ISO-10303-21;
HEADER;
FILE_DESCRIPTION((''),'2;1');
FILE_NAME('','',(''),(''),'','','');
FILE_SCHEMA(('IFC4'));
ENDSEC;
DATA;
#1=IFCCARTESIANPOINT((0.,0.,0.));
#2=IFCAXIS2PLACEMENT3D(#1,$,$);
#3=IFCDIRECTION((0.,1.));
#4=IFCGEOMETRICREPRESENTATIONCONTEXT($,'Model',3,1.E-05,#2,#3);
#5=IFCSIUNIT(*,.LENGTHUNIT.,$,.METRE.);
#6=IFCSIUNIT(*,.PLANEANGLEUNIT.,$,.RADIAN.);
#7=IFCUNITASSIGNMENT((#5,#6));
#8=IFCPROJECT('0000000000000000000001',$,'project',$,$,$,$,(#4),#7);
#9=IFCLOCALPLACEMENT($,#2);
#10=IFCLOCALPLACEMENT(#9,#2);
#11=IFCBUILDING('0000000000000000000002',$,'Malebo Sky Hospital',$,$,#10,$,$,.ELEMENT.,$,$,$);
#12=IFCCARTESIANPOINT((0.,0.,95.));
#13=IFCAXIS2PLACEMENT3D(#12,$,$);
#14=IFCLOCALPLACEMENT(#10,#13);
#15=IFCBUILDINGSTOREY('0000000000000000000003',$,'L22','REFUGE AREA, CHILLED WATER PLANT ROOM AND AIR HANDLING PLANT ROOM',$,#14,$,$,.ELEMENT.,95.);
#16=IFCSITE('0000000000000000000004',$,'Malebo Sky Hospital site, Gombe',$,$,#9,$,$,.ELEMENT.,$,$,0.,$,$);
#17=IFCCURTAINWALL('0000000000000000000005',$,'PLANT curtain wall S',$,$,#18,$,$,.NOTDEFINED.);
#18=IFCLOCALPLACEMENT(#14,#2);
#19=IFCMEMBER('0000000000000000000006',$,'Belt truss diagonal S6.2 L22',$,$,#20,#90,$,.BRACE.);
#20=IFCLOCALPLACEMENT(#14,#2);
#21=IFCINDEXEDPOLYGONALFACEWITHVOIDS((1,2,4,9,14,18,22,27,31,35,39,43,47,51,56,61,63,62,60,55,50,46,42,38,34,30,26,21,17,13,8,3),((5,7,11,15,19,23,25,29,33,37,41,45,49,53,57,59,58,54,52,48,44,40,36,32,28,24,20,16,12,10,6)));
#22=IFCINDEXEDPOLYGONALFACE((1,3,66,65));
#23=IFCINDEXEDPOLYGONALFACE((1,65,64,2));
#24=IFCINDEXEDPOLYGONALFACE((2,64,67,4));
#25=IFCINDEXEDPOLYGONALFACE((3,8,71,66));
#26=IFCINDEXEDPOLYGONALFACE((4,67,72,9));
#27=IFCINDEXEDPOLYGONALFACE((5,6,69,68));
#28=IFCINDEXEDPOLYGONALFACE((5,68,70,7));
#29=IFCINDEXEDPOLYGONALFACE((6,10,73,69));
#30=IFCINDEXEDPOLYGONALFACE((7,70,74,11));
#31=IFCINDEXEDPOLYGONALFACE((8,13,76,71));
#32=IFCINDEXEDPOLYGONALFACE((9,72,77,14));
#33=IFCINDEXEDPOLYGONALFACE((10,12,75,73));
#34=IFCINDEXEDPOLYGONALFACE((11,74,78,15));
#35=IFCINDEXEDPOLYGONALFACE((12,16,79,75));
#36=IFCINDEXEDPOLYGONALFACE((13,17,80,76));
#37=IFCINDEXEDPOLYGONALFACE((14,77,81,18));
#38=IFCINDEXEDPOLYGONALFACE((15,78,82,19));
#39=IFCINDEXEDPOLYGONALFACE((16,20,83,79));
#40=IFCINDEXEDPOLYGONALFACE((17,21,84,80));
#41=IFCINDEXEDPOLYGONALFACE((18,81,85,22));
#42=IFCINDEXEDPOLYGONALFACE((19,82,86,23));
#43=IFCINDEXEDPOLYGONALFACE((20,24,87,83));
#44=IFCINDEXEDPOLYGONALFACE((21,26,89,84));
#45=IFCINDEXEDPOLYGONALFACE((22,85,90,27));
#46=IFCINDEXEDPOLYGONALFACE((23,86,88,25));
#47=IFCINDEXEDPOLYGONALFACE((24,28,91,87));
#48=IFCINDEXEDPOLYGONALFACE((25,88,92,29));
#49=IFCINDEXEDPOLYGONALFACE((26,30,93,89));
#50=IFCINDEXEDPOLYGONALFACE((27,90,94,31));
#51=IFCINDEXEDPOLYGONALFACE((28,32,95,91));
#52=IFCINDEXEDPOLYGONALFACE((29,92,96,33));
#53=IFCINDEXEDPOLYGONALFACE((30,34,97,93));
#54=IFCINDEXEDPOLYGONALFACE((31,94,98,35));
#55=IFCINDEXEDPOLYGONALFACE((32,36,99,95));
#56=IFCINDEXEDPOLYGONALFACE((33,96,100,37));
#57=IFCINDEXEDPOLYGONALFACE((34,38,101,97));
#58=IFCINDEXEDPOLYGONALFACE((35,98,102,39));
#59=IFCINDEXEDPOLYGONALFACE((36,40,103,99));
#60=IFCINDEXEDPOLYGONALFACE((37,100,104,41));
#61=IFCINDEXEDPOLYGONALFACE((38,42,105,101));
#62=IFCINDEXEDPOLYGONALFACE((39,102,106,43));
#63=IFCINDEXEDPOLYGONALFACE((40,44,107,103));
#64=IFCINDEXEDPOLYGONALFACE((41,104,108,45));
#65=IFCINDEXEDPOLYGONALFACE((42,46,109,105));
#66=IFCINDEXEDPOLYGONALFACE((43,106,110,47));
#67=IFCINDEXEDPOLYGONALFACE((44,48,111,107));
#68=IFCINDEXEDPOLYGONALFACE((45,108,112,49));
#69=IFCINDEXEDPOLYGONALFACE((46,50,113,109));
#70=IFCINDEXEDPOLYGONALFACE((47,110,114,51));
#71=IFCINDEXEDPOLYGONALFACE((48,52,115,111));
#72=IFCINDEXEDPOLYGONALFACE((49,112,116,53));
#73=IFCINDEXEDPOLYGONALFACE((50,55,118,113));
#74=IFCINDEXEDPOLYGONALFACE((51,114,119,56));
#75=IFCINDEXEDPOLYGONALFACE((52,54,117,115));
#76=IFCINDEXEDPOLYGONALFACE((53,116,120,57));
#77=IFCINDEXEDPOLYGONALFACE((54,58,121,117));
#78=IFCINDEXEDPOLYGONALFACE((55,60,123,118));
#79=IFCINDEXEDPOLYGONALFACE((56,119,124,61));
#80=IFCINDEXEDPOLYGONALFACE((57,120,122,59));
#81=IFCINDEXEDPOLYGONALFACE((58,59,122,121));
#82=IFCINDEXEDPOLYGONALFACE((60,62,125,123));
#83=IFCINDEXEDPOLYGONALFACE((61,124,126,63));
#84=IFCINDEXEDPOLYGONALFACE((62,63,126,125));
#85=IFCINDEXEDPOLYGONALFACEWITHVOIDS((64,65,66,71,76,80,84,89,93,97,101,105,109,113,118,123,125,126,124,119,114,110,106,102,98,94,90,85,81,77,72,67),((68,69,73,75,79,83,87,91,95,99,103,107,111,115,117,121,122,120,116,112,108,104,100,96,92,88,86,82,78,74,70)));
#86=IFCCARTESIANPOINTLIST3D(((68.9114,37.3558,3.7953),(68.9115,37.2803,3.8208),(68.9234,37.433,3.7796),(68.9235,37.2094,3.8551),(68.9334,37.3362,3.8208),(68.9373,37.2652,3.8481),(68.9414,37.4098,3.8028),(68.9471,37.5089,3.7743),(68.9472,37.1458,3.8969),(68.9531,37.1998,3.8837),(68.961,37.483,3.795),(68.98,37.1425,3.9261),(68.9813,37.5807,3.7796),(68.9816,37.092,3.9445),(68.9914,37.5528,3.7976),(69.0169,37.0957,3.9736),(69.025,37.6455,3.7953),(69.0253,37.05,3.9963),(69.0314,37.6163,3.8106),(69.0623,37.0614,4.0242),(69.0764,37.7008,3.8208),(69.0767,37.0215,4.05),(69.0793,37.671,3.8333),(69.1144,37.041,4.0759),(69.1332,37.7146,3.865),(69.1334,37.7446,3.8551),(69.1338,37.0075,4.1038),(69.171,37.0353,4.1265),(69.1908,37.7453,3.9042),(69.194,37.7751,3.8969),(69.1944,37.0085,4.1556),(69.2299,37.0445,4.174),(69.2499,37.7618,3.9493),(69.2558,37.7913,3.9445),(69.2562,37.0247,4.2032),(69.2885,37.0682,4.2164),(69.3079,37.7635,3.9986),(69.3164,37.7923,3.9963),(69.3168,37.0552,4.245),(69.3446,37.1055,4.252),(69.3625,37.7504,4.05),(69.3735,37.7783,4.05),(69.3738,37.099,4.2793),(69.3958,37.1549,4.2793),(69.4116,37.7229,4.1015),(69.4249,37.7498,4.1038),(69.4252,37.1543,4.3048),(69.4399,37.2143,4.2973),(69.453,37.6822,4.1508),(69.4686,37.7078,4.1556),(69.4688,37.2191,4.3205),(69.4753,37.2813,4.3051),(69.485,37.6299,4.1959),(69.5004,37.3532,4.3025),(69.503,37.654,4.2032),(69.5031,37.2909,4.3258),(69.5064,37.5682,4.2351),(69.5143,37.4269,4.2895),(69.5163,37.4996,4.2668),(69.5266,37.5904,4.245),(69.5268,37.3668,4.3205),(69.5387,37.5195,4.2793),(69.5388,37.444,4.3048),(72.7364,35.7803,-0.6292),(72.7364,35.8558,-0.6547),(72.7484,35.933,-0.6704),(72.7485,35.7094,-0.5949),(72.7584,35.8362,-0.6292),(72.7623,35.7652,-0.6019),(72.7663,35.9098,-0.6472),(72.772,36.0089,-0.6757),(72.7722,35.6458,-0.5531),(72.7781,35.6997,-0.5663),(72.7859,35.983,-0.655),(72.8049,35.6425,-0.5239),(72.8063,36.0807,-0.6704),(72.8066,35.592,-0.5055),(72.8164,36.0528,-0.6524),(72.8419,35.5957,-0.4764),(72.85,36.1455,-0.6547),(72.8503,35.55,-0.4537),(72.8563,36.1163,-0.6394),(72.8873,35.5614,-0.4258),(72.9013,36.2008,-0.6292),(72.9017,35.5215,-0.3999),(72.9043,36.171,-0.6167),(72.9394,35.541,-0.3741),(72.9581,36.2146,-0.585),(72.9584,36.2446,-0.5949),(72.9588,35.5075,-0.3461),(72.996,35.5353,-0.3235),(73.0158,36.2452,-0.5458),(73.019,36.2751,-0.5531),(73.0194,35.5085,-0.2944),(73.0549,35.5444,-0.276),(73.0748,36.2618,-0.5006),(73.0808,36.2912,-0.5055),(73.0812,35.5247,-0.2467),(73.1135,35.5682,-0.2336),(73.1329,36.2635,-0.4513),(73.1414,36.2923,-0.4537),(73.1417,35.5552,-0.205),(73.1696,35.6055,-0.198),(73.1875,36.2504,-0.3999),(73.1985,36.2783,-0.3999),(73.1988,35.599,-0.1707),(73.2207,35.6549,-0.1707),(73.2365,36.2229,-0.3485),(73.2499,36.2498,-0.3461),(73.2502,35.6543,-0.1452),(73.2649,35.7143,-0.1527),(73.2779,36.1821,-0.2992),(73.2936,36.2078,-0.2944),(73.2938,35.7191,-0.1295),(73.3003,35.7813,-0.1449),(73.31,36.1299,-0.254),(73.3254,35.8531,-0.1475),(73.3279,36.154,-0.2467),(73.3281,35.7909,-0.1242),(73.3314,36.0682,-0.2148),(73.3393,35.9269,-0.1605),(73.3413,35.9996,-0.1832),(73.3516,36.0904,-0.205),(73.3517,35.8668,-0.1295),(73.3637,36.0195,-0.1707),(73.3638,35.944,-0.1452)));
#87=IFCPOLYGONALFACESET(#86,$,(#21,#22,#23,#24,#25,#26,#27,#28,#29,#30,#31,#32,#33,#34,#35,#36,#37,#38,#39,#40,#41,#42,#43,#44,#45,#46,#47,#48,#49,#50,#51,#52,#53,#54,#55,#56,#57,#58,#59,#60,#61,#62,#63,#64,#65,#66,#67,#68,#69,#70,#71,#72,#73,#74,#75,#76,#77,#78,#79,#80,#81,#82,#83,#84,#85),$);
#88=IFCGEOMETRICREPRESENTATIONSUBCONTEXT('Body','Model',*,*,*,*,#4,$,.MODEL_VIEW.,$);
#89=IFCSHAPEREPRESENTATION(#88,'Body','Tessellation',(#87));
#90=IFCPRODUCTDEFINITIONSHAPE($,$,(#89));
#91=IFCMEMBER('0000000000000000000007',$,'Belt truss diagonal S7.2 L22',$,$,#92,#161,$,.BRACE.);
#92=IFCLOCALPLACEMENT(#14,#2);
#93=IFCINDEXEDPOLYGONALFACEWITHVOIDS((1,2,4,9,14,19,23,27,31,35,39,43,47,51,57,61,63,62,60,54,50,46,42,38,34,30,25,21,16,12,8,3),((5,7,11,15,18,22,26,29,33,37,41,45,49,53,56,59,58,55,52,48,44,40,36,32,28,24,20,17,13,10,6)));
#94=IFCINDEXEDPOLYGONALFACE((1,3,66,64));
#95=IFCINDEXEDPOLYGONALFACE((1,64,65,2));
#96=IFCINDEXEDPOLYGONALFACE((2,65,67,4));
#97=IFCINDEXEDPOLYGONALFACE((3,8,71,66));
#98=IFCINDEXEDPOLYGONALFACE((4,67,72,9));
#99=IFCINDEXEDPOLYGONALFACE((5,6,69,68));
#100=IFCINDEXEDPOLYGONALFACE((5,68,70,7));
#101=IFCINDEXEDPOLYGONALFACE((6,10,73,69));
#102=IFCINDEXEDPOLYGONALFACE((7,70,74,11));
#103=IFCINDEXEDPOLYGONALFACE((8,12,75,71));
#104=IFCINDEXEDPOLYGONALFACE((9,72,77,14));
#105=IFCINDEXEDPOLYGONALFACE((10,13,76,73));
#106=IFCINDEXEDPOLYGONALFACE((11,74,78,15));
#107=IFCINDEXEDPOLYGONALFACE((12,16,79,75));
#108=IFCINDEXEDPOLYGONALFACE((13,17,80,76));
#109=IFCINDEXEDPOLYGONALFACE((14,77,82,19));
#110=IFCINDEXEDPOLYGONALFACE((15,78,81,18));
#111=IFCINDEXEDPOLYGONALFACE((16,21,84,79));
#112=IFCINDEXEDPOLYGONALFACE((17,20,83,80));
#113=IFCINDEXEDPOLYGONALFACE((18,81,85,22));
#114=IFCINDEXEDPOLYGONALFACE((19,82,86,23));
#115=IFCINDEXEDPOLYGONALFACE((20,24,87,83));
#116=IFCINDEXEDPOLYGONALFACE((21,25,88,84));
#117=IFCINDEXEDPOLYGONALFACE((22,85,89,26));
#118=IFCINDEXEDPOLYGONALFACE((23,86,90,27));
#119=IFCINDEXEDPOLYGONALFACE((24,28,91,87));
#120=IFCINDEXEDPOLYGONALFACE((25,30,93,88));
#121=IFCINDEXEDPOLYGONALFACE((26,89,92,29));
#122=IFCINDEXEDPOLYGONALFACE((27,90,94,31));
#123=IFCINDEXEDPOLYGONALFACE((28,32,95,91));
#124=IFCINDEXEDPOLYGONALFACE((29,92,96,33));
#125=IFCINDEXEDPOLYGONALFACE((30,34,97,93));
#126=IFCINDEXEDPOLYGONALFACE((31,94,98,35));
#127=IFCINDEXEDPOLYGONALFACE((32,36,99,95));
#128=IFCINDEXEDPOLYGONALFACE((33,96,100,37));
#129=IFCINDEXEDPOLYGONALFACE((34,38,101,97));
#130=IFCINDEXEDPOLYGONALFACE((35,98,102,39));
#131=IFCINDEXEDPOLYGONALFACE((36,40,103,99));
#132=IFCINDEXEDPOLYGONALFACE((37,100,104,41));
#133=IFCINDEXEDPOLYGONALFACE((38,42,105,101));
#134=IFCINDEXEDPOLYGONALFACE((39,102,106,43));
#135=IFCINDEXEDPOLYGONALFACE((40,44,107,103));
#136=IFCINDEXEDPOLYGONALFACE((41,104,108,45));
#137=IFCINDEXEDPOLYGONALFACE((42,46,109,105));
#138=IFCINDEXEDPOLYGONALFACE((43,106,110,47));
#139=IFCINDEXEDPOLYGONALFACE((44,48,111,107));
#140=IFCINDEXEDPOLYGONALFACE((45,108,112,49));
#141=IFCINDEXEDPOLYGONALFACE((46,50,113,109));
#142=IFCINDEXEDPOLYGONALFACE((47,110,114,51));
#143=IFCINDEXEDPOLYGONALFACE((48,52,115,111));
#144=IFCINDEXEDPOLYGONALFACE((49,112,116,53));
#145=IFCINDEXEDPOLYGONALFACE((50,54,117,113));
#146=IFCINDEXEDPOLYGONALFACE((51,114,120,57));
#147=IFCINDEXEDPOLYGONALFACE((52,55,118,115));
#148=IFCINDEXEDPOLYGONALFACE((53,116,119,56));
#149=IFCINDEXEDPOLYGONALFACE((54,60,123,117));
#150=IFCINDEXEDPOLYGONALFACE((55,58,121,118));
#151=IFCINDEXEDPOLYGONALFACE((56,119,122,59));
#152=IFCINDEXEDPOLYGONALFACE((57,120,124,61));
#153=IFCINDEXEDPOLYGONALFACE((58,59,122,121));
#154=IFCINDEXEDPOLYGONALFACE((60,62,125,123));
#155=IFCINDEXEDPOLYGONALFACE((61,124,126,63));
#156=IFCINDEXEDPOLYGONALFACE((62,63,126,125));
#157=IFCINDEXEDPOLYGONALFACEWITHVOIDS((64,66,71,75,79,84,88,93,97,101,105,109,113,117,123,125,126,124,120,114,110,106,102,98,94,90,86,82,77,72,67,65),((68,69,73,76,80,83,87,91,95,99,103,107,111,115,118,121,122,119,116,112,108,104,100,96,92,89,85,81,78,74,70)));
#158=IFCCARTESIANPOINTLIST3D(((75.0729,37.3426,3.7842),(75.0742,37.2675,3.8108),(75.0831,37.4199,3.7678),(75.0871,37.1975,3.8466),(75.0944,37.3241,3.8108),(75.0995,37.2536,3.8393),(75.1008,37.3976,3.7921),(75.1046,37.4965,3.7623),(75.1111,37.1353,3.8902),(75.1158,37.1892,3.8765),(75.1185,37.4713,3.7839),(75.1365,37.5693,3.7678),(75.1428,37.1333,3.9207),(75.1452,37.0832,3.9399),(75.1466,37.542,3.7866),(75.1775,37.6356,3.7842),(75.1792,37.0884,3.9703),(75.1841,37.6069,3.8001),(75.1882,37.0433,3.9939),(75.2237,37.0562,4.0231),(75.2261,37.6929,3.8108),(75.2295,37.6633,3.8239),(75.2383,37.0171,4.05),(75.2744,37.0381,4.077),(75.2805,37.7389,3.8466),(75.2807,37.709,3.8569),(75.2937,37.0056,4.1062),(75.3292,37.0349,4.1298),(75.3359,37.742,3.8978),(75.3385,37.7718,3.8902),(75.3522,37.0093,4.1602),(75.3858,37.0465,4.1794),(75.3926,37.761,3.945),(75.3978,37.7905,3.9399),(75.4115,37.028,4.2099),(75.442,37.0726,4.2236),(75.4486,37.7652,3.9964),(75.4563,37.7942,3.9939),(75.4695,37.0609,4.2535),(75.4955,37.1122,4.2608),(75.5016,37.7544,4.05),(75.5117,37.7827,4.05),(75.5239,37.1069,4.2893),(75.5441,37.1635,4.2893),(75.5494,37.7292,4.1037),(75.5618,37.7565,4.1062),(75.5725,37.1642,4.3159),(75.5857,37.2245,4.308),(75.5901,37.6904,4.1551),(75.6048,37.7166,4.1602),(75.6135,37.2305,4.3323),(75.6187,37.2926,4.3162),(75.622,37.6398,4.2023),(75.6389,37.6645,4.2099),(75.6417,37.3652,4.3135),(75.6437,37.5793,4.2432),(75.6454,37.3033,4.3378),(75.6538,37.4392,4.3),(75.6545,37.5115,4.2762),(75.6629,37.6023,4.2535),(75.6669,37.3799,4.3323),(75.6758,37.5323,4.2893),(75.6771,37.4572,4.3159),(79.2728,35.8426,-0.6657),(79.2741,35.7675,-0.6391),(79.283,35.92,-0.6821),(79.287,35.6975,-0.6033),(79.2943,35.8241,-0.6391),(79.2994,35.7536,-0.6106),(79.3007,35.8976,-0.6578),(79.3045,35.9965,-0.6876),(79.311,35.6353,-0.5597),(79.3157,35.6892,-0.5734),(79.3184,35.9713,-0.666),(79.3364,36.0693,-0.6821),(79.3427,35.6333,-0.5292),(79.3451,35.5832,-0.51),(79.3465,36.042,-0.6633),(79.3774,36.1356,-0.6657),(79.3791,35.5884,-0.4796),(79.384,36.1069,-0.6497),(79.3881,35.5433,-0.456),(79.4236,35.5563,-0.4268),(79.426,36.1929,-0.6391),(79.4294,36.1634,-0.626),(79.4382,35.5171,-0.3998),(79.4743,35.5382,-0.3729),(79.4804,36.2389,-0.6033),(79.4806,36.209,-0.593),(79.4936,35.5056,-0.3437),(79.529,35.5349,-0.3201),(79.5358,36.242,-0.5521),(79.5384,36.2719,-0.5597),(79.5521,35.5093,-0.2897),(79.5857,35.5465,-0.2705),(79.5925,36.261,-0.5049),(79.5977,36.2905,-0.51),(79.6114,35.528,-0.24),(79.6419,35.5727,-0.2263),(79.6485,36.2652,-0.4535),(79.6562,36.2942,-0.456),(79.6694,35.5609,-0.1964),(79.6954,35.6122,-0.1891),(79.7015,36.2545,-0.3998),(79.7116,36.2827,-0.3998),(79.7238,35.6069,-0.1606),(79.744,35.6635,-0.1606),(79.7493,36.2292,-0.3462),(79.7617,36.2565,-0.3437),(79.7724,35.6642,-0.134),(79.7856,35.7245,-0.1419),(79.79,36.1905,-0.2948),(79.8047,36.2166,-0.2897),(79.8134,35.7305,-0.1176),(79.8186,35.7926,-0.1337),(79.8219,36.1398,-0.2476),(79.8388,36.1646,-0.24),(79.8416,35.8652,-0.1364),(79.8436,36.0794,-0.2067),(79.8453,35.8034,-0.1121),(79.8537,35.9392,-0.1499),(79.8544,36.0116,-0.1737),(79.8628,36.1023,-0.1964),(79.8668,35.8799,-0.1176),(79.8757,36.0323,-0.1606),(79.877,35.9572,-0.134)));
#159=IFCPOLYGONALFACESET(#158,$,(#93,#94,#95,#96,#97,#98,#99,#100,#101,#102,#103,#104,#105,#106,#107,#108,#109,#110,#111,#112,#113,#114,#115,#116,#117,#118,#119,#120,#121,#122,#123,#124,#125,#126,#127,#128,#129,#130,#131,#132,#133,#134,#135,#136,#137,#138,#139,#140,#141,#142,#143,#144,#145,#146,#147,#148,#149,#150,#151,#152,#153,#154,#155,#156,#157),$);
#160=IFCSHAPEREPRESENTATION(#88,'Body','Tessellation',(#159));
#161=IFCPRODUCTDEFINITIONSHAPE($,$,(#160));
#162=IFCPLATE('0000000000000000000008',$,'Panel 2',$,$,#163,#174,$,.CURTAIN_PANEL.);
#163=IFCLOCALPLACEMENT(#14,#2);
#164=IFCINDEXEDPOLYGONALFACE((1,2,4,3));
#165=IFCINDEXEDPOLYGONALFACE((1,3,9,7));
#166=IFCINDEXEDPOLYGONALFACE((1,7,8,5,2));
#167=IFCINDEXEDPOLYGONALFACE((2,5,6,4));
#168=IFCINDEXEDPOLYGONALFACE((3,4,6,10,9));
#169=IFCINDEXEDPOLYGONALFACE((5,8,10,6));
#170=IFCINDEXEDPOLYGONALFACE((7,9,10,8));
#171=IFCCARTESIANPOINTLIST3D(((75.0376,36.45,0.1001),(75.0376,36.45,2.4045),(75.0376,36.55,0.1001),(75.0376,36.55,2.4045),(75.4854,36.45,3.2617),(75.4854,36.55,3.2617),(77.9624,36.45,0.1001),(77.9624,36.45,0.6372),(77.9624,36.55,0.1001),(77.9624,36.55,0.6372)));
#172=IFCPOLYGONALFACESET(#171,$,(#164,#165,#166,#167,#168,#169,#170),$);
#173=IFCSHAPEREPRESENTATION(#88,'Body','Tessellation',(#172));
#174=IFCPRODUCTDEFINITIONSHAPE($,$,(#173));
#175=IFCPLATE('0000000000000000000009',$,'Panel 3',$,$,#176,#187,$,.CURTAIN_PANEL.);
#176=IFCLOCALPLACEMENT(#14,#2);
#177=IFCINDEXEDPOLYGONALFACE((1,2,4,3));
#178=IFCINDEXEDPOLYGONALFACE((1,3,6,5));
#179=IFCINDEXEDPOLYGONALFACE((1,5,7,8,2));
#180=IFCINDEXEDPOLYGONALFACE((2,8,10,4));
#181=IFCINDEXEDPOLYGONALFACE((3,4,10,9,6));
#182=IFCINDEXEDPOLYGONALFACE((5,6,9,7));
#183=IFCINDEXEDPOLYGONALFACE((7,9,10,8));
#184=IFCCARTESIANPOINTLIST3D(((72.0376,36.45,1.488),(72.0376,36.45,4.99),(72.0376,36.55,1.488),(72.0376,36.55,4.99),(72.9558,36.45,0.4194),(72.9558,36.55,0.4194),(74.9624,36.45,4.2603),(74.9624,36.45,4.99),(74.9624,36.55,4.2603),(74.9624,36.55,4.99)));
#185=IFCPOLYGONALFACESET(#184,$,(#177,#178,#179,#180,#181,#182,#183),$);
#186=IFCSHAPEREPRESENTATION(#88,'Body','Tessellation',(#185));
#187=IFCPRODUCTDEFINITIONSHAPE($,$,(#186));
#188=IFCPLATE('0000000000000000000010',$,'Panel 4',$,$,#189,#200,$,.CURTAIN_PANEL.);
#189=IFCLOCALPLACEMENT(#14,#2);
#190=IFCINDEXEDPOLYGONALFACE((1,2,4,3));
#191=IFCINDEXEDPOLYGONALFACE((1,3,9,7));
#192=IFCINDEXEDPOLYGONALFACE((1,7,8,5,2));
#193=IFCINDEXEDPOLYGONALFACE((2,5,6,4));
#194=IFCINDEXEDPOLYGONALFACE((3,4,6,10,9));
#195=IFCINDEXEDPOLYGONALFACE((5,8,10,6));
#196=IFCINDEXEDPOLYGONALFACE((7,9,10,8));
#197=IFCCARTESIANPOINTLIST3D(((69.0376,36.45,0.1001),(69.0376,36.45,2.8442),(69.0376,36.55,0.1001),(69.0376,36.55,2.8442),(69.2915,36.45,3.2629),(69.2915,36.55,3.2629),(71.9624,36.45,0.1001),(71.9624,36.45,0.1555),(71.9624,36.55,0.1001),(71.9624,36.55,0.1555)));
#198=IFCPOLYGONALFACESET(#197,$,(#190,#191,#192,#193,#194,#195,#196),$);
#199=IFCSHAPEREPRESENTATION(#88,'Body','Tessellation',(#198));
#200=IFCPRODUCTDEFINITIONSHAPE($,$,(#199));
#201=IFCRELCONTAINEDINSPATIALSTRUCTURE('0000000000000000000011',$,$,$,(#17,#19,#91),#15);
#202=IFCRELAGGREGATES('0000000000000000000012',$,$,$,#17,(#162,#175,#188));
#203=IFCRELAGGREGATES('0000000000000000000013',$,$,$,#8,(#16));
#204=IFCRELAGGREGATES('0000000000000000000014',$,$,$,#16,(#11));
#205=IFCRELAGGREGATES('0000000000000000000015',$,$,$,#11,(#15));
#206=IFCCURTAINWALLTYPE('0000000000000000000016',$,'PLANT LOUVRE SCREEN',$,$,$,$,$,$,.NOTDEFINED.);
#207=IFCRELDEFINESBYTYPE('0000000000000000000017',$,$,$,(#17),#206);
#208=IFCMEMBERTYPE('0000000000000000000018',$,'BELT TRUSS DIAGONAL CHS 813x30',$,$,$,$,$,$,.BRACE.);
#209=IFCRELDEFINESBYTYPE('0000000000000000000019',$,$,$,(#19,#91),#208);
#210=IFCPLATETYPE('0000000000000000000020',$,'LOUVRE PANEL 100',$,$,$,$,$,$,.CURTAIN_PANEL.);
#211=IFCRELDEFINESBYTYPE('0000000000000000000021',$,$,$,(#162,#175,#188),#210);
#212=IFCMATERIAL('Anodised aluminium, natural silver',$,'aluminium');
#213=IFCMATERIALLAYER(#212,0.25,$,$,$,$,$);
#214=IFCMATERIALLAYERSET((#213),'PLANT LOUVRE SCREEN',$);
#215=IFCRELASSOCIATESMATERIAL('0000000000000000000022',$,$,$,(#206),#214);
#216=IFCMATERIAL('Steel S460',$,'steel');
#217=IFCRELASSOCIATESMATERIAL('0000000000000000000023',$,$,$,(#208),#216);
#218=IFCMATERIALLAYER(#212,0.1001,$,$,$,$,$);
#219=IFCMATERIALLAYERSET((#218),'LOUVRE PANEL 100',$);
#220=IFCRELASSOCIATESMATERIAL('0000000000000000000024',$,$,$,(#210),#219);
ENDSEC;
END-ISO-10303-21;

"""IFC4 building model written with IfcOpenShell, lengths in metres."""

from ifc_helpers import new_model, si_unit, direction, frame, origin, origin_2d, place, context, subcontext, project, spatial, polyline, hollow_circle, outline, extrude, material, layer, layer_set, material_profile, profile_set, type_object, element, aggregate, save


model = new_model("IFC4")

# Units and contexts
model_context = context("Model", 3, precision=1e-05, world=origin(), true_north=direction((0.0, 1.0)))
body_context = subcontext(model_context, "Body", "Model", "MODEL_VIEW")
ifc_project = project(units=[si_unit("LENGTHUNIT", "METRE"), si_unit("PLANEANGLEUNIT", "RADIAN")], contexts=[model_context])

# Site, building, storey
site_placement = place(None, origin())
site = spatial("IfcSite", under=ifc_project, at=site_placement, Name="Malebo Sky Hospital site, Gombe", CompositionType="ELEMENT", RefElevation=0.0)
building_placement = place(site_placement, origin())
building = spatial("IfcBuilding", under=site, at=building_placement, Name="Malebo Sky Hospital", CompositionType="ELEMENT")
storey_placement = place(building_placement, frame((0.0, 0.0, 95.0)))
storey = spatial("IfcBuildingStorey", under=building, at=storey_placement, Name="L22", Description="REFUGE AREA, CHILLED WATER PLANT ROOM AND AIR HANDLING PLANT ROOM", CompositionType="ELEMENT", Elevation=95.0)

# Curtain wall
ifc_material_1 = material(Name="Anodised aluminium, natural silver", Category="aluminium")
ifc_layer_1 = layer(ifc_material_1, 0.25)
ifc_layer_set_1 = layer_set([ifc_layer_1], Name="PLANT LOUVRE SCREEN")
curtain_wall_type = type_object("IfcCurtainWallType", Name="PLANT LOUVRE SCREEN", PredefinedType="NOTDEFINED", material=ifc_layer_set_1)
curtain_wall_placement = place(storey_placement, origin())
curtain_wall = element("IfcCurtainWall", 1, at=curtain_wall_placement, inside=storey, type_object=curtain_wall_type, Name="PLANT curtain wall S", PredefinedType="NOTDEFINED")

# Members
ifc_material_2 = material(Name="Steel S460", Category="steel")
ifc_material_profile_1 = material_profile(ifc_material_2, hollow_circle(Radius=0.4065, WallThickness=0.03, at=origin_2d()), Name="CHS 813x30")
ifc_profile_set_1 = profile_set([ifc_material_profile_1], Name="Steel S460")
member_type_1 = type_object("IfcMemberType", Name="BELT TRUSS DIAGONAL CHS 813x30", PredefinedType="BRACE", material=ifc_profile_set_1)
member_1_placement = place(storey_placement, frame((69.2251, 37.3999, 4.05), z_axis=(0.631535, -0.247664, -0.734728), x_axis=(0.365092, 0.930972, 0.0)))
element("IfcMember", 2, at=member_1_placement, inside=storey, type_object=member_type_1, Name="Belt truss diagonal S6.2 L22", PredefinedType="BRACE", context=body_context, shape_type="SweptSolid", body=[
    extrude(hollow_circle(Radius=0.4065, WallThickness=0.03, at=origin_2d()), origin(), (0.0, 0.0, 1.0), 6.0566),
])
member_2_placement = place(storey_placement, frame((75.375, 37.3999, 4.05), z_axis=(0.666645, -0.23809, -0.706327), x_axis=(0.33634, 0.941741, 0.0)))
element("IfcMember", 3, at=member_2_placement, inside=storey, type_object=member_type_1, Name="Belt truss diagonal S7.2 L22", PredefinedType="BRACE", context=body_context, shape_type="SweptSolid", body=[
    extrude(hollow_circle(Radius=0.4065, WallThickness=0.03, at=origin_2d()), origin(), (0.0, 0.0, 1.0), 6.3),
])

# Plates
ifc_layer_2 = layer(ifc_material_1, 0.1001)
ifc_layer_set_2 = layer_set([ifc_layer_2], Name="LOUVRE PANEL 100")
plate_type = type_object("IfcPlateType", Name="LOUVRE PANEL 100", PredefinedType="CURTAIN_PANEL", material=ifc_layer_set_2)
plate_1_placement = place(storey_placement, frame((76.5, 36.5, 0.1001), z_axis=(0.0, 0.0, 1.0), x_axis=(-1.0, 0.0, 0.0)))
plate_1 = element("IfcPlate", 4, at=plate_1_placement, type_object=plate_type, Name="Panel 2", PredefinedType="CURTAIN_PANEL", context=body_context, shape_type="SweptSolid", body=[
    extrude(outline(polyline([(-1.4624, 0.0), (1.4624, 0.0), (1.4624, 2.3044), (1.0146, 3.1616), (-1.4624, 0.5371), (-1.4624, 0.0)])), frame((0.0, 0.05, 0.0), z_axis=(0.0, -1.0, 0.0), x_axis=(1.0, 0.0, 0.0)), (0.0, 0.0, 1.0), 0.1001),
])
plate_2_placement = place(storey_placement, frame((73.5, 36.5, 0.4194), z_axis=(0.0, 0.0, 1.0), x_axis=(-1.0, 0.0, 0.0)))
plate_2 = element("IfcPlate", 5, at=plate_2_placement, type_object=plate_type, Name="Panel 3", PredefinedType="CURTAIN_PANEL", context=body_context, shape_type="SweptSolid", body=[
    extrude(outline(polyline([(0.5442, 0.0), (1.4624, 1.0686), (1.4624, 4.5706), (-1.4624, 4.5706), (-1.4624, 3.8408), (0.5442, 0.0)])), frame((0.0, 0.05, 0.0), z_axis=(0.0, -1.0, 0.0), x_axis=(1.0, 0.0, 0.0)), (0.0, 0.0, 1.0), 0.1001),
])
plate_3_placement = place(storey_placement, frame((70.5, 36.5, 0.1001), z_axis=(0.0, 0.0, 1.0), x_axis=(-1.0, 0.0, 0.0)))
plate_3 = element("IfcPlate", 6, at=plate_3_placement, type_object=plate_type, Name="Panel 4", PredefinedType="CURTAIN_PANEL", context=body_context, shape_type="SweptSolid", body=[
    extrude(outline(polyline([(-1.4624, 0.0), (1.4624, 0.0), (1.4624, 2.7441), (1.2085, 3.1628), (-1.4624, 0.0554), (-1.4624, 0.0)])), frame((0.0, 0.05, 0.0), z_axis=(0.0, -1.0, 0.0), x_axis=(1.0, 0.0, 0.0)), (0.0, 0.0, 1.0), 0.1001),
])
aggregate(curtain_wall, [plate_1, plate_2, plate_3])

save(model, "model.ifc")
